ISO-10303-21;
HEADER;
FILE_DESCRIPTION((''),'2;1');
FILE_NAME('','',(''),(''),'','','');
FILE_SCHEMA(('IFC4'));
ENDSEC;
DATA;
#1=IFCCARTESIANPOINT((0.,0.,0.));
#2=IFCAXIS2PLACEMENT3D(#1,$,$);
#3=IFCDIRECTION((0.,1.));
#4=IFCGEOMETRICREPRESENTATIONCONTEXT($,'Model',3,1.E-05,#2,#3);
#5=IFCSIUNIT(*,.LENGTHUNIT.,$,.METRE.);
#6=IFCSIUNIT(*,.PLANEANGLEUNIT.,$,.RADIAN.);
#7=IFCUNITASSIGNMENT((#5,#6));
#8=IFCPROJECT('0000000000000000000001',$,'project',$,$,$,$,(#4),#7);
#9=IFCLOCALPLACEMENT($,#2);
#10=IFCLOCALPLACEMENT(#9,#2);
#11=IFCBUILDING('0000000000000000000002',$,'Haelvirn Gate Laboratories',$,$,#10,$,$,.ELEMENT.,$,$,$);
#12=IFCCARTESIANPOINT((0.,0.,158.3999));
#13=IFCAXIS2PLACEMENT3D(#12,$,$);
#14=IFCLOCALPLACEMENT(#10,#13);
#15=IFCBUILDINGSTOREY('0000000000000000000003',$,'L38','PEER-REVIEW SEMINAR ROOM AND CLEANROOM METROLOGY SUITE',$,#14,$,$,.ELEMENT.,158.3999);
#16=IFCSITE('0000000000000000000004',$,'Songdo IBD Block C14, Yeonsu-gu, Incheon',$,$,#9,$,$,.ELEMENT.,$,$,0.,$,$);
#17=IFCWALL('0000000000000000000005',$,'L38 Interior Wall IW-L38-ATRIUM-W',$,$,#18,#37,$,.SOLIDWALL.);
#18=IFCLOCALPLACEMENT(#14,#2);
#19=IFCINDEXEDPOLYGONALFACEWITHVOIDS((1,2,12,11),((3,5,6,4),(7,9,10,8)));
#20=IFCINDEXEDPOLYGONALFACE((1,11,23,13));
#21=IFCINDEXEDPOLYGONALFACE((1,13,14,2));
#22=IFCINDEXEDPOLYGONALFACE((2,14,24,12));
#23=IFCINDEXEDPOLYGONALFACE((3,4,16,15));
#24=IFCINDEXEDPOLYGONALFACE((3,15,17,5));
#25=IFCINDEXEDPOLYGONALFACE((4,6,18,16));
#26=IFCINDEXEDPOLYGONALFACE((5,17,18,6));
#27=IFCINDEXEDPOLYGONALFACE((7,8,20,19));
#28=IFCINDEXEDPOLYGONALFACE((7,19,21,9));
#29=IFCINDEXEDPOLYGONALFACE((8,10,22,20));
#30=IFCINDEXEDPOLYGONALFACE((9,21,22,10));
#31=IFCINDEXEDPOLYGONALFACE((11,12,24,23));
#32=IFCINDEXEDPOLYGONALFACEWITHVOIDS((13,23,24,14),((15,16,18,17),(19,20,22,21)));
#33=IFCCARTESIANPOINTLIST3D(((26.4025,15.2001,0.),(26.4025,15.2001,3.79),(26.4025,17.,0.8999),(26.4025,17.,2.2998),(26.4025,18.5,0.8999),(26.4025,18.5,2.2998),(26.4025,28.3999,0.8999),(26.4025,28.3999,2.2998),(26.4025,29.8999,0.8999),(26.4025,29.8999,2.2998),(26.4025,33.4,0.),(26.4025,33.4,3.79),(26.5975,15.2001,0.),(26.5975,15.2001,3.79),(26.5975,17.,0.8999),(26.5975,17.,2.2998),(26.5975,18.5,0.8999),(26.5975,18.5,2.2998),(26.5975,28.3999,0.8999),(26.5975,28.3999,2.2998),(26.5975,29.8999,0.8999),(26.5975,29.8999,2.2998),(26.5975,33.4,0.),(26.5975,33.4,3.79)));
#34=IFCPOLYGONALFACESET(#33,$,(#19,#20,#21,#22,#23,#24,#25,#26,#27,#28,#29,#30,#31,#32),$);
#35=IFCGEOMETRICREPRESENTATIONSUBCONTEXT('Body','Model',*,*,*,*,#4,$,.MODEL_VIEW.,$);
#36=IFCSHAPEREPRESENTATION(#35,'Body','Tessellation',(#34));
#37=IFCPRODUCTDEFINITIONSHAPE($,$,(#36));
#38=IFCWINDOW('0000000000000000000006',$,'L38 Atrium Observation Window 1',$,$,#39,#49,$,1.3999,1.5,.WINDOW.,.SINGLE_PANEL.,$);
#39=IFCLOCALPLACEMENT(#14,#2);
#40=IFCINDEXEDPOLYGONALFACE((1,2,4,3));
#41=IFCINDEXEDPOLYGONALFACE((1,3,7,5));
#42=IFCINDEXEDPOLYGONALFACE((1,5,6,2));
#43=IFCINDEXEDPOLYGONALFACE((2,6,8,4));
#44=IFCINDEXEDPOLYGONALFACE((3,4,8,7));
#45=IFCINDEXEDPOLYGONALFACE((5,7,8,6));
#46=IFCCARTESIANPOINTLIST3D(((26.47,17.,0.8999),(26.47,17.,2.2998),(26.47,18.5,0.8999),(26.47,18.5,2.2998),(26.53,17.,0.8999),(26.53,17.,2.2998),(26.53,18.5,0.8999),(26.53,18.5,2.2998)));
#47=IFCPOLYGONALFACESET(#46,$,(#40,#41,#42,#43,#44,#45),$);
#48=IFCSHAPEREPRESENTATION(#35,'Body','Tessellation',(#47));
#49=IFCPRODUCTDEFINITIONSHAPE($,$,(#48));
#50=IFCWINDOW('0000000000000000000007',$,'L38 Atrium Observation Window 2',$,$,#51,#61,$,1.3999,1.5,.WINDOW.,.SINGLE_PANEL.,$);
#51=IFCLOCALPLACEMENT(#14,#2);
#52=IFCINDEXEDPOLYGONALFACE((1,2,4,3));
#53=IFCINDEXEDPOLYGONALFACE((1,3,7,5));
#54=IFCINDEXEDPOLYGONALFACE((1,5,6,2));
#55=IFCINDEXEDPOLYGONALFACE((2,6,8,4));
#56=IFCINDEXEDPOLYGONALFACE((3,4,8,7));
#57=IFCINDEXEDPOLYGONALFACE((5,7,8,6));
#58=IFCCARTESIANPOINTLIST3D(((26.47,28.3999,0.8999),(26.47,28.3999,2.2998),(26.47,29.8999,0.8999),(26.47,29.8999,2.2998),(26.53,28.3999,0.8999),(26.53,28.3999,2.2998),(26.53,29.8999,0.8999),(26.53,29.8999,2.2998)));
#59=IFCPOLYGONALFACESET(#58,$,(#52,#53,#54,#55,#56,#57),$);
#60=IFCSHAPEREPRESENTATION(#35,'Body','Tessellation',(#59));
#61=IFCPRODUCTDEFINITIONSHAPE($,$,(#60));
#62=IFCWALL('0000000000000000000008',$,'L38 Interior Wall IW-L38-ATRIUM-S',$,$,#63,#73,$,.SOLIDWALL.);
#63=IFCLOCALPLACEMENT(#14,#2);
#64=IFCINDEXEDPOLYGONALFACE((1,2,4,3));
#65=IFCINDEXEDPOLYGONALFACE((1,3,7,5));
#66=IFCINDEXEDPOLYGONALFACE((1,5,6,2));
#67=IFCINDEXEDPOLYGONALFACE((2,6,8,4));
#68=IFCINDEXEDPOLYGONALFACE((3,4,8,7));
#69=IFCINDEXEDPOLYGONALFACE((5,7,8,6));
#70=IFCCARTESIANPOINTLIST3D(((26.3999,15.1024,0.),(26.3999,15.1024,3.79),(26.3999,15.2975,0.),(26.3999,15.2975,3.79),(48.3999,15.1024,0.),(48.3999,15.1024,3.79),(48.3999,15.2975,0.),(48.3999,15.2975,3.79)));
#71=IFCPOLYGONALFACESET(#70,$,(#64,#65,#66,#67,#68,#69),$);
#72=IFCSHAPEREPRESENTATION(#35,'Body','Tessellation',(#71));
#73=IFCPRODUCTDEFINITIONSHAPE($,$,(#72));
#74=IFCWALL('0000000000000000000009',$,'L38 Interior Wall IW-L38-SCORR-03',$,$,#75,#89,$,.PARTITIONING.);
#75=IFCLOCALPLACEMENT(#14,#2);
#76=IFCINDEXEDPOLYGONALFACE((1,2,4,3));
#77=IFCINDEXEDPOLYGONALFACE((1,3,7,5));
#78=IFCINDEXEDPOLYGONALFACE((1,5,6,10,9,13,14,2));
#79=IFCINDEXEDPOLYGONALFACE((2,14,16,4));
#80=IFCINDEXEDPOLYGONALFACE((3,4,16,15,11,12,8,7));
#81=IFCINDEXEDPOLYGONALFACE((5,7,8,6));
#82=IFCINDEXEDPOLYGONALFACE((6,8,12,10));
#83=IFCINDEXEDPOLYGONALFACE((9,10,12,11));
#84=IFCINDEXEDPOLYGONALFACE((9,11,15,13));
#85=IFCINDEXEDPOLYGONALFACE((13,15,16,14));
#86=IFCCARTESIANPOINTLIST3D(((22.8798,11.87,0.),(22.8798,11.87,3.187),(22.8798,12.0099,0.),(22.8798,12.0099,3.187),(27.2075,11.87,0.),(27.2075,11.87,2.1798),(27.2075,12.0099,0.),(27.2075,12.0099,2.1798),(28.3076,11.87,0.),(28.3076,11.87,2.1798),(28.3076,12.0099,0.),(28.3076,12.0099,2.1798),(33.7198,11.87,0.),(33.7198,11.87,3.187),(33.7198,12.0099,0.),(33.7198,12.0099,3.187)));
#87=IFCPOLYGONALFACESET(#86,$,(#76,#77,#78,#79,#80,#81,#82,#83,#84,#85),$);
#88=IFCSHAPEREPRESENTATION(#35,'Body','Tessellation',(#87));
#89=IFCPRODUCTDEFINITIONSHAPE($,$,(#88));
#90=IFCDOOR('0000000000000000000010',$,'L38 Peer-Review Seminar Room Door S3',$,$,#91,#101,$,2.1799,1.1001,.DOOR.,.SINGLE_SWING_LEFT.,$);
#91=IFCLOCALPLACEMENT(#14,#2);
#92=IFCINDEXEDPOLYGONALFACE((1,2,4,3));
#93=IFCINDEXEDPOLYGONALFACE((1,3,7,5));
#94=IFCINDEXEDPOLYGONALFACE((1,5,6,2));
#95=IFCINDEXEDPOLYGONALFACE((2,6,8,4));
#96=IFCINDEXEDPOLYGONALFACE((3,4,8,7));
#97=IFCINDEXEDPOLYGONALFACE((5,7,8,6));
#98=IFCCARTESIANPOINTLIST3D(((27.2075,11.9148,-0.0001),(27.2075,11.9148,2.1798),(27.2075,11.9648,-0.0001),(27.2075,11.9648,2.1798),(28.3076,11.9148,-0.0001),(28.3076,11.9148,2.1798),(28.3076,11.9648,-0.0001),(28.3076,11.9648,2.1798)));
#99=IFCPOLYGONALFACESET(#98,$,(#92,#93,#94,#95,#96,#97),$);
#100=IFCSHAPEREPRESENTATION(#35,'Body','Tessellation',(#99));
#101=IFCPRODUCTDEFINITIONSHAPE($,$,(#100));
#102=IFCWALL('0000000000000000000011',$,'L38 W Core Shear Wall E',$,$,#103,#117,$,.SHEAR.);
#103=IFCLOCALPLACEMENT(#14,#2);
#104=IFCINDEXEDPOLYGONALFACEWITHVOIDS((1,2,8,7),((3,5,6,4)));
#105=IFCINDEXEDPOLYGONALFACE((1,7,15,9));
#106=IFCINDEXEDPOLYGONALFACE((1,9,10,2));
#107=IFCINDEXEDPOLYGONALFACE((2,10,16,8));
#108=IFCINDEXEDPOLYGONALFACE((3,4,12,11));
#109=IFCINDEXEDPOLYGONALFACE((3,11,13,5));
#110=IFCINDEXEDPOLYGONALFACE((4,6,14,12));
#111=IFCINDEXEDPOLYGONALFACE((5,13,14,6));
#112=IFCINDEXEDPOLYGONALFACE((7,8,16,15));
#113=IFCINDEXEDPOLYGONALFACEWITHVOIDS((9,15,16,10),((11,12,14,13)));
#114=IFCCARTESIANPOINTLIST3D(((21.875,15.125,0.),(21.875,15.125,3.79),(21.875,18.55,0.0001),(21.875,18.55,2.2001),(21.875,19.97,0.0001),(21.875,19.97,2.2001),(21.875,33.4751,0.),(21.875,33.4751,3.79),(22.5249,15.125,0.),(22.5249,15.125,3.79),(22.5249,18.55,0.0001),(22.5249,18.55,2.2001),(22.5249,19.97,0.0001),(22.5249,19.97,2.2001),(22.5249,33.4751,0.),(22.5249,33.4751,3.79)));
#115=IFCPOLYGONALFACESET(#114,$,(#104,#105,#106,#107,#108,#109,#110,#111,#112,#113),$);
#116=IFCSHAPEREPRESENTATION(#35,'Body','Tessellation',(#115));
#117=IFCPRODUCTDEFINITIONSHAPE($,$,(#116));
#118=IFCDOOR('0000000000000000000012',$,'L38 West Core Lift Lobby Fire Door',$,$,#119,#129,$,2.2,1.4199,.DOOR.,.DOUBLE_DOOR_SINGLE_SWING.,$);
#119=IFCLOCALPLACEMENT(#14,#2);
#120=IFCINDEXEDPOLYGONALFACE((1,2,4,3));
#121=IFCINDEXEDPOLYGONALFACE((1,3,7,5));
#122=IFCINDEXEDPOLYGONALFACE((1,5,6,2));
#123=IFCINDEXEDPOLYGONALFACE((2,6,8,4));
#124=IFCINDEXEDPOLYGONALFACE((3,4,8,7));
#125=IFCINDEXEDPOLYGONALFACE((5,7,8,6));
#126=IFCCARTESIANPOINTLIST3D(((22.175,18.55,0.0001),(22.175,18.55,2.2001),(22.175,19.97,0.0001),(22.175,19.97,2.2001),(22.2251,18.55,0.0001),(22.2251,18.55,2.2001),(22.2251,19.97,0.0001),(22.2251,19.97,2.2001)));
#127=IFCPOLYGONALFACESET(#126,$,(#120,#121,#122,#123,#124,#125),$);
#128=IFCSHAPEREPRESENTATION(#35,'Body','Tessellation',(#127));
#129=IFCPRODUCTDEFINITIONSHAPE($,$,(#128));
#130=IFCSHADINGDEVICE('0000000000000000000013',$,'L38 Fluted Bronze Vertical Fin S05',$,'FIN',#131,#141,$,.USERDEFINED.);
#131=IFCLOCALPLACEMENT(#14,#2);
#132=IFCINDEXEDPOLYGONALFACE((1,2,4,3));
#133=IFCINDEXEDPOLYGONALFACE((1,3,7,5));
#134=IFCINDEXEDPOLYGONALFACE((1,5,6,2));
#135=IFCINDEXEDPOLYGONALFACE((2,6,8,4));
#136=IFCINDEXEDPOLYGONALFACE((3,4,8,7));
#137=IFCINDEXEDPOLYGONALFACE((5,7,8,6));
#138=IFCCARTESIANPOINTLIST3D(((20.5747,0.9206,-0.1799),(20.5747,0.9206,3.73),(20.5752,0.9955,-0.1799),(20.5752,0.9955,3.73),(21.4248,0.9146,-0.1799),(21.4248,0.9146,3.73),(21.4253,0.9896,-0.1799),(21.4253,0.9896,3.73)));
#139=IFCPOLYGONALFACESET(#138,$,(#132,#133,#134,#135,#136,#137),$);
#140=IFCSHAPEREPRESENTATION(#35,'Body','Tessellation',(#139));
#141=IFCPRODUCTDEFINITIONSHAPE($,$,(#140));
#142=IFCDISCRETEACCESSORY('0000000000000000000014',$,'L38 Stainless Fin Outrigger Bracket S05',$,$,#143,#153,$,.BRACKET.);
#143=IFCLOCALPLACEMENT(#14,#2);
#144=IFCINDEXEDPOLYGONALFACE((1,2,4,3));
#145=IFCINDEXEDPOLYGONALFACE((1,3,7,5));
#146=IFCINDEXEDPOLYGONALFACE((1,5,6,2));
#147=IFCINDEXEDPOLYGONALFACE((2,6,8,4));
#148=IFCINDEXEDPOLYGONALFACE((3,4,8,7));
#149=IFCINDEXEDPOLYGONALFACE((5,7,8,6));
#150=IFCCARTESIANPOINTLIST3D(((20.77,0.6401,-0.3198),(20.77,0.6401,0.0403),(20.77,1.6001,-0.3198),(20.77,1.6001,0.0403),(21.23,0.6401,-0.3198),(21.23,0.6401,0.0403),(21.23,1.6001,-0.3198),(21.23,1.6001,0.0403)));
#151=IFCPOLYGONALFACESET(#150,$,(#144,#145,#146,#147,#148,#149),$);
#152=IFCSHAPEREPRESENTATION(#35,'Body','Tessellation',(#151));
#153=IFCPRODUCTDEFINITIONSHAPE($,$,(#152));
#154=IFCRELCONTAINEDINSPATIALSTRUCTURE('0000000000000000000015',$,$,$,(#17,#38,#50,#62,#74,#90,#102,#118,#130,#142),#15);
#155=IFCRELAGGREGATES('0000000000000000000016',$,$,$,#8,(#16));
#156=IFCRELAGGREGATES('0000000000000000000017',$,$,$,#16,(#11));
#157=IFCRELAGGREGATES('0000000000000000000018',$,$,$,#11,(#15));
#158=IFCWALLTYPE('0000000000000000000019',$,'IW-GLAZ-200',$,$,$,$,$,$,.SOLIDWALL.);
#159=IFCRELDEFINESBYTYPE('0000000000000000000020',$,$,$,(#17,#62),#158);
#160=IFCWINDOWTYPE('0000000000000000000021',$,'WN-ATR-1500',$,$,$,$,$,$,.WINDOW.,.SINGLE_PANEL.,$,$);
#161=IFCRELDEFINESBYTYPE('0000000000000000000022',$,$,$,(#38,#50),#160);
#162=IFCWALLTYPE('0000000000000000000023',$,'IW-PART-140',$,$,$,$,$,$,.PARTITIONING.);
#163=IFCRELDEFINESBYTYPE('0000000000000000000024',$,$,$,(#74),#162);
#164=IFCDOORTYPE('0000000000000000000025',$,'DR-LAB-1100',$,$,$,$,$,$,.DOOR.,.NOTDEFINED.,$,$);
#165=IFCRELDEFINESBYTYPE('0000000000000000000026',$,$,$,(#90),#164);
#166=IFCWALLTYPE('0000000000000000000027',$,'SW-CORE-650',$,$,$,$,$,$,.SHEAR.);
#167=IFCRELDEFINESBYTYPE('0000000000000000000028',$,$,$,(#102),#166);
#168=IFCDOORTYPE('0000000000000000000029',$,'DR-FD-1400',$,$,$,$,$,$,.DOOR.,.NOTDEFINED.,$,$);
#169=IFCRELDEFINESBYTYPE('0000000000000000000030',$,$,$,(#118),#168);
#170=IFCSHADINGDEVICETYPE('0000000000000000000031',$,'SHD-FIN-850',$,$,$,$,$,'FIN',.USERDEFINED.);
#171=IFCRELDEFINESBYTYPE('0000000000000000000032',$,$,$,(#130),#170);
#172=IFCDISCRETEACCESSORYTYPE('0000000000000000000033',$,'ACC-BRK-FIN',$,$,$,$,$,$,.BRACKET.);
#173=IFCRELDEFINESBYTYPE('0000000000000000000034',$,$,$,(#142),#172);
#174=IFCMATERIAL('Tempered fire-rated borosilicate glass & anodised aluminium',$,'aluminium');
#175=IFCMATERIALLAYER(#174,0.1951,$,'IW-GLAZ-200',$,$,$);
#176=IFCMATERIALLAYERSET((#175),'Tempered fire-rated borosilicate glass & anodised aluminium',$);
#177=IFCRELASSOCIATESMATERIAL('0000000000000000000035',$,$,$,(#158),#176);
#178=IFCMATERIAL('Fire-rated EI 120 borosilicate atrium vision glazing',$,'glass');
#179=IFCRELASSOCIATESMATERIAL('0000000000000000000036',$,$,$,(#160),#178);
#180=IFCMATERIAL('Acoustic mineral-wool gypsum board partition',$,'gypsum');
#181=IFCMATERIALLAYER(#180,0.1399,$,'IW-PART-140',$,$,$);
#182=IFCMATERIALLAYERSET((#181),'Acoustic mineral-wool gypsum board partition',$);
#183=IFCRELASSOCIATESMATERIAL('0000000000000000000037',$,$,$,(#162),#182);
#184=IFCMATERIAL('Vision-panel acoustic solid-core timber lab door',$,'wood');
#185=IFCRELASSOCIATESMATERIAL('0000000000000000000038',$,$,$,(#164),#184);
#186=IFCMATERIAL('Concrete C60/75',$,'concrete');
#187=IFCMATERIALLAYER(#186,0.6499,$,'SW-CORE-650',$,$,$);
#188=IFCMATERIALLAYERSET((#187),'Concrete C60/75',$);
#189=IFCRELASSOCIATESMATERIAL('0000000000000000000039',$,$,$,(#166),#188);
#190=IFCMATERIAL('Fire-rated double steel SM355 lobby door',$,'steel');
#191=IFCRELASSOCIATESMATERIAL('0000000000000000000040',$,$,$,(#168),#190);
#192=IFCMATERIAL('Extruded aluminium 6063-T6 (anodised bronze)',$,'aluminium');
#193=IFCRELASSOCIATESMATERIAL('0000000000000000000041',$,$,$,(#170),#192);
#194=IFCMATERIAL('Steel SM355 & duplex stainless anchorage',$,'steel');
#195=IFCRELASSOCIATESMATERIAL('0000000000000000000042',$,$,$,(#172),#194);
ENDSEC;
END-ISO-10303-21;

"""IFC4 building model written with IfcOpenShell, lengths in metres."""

from ifc_helpers import new_model, si_unit, direction, frame, frame_2d, origin, origin_2d, place, context, subcontext, project, spatial, rectangle, extrude, source, transform, mapped, material, layer, layer_set, material_profile, profile_set, type_object, type_shapes, element, fill, save


model = new_model("IFC4")

# Units and contexts
model_context = context("Model", 3, precision=1e-05, world=origin(), true_north=direction((0.0, 1.0)))
body_context = subcontext(model_context, "Body", "Model", "MODEL_VIEW")
ifc_project = project(units=[si_unit("LENGTHUNIT", "METRE"), si_unit("PLANEANGLEUNIT", "RADIAN")], contexts=[model_context])

# Site, building, storey
site_placement = place(None, origin())
site = spatial("IfcSite", under=ifc_project, at=site_placement, Name="Songdo IBD Block C14, Yeonsu-gu, Incheon", CompositionType="ELEMENT", RefElevation=0.0)
building_placement = place(site_placement, origin())
building = spatial("IfcBuilding", under=site, at=building_placement, Name="Haelvirn Gate Laboratories", CompositionType="ELEMENT")
storey_placement = place(building_placement, frame((0.0, 0.0, 158.3999)))
storey = spatial("IfcBuildingStorey", under=building, at=storey_placement, Name="L38", Description="PEER-REVIEW SEMINAR ROOM AND CLEANROOM METROLOGY SUITE", CompositionType="ELEMENT", Elevation=158.3999)

# Shared definitions
ifc_material_1 = material(Name="Concrete C60/75", Category="concrete")

# Shared definitions
ifc_material_2 = material(Name="Extruded aluminium 6063-T6 (anodised bronze)", Category="aluminium")

# Wall, openings, windows
ifc_material_3 = material(Name="Tempered fire-rated borosilicate glass & anodised aluminium", Category="aluminium")
ifc_layer_1 = layer(ifc_material_3, 0.1951, Name="IW-GLAZ-200")
ifc_layer_set_1 = layer_set([ifc_layer_1], Name="Tempered fire-rated borosilicate glass & anodised aluminium")
wall_type_1 = type_object("IfcWallType", Name="IW-GLAZ-200", PredefinedType="SOLIDWALL", material=ifc_layer_set_1)
wall_1_placement = place(storey_placement, frame((26.5, 15.2, 0.0), z_axis=(0.0, 0.0, 1.0), x_axis=(0.0, 1.0, 0.0)))
wall_1 = element("IfcWall", 1, at=wall_1_placement, inside=storey, type_object=wall_type_1, Name="L38 Interior Wall IW-L38-ATRIUM-W", PredefinedType="SOLIDWALL", context=body_context, shape_type="SweptSolid", body=[
    extrude(rectangle(XDim=18.2, YDim=0.1951, at=frame_2d((9.1001, 0.0))), origin(), (0.0, 0.0, 1.0), 3.79),
])
opening_1_placement = place(wall_1_placement, frame((1.8, 0.0, 0.8999)))
opening_1 = element("IfcOpeningElement", 2, at=opening_1_placement, cuts=wall_1, PredefinedType="OPENING", context=body_context, shape_type="SweptSolid", body=[
    extrude(rectangle(XDim=1.5, YDim=1.3999, at=frame_2d((0.75, 0.7))), frame((0.0, 0.1074, 0.0), z_axis=(0.0, -1.0, 0.0), x_axis=(1.0, 0.0, 0.0)), (0.0, 0.0, 1.0), 0.2151),
])
opening_2_placement = place(wall_1_placement, frame((13.2, 0.0, 0.8999)))
opening_2 = element("IfcOpeningElement", 3, at=opening_2_placement, cuts=wall_1, PredefinedType="OPENING", context=body_context, shape_type="SweptSolid", body=[
    extrude(rectangle(XDim=1.5, YDim=1.3999, at=frame_2d((0.75, 0.7))), frame((0.0, 0.1074, 0.0), z_axis=(0.0, -1.0, 0.0), x_axis=(1.0, 0.0, 0.0)), (0.0, 0.0, 1.0), 0.2151),
])
ifc_material_4 = material(Name="Fire-rated EI 120 borosilicate atrium vision glazing", Category="glass")
window_type = type_object("IfcWindowType", Name="WN-ATR-1500", PartitioningType="SINGLE_PANEL", PredefinedType="WINDOW", material=ifc_material_4)
shared_shape_1 = source(origin(), body_context, "Body", "SweptSolid", [
    extrude(rectangle(XDim=1.5, YDim=1.3999, at=frame_2d((0.75, 0.7))), frame((0.0, 0.03, 0.0), z_axis=(0.0, -1.0, 0.0), x_axis=(1.0, 0.0, 0.0)), (0.0, 0.0, 1.0), 0.0601),
])
type_shapes(window_type, [shared_shape_1])
window_1_placement = place(opening_1_placement, origin())
window_1 = element("IfcWindow", 4, at=window_1_placement, inside=storey, type_object=window_type, Name="L38 Atrium Observation Window 1", OverallHeight=1.3999, OverallWidth=1.5, PartitioningType="SINGLE_PANEL", PredefinedType="WINDOW", context=body_context, shape_type="MappedRepresentation", body=[
    mapped(shared_shape_1, transform((0.0, 0.0, 0.0), scale=1.0)),
])
fill(opening_1, window_1)
window_2_placement = place(opening_2_placement, origin())
window_2 = element("IfcWindow", 5, at=window_2_placement, inside=storey, type_object=window_type, Name="L38 Atrium Observation Window 2", OverallHeight=1.3999, OverallWidth=1.5, PartitioningType="SINGLE_PANEL", PredefinedType="WINDOW", context=body_context, shape_type="MappedRepresentation", body=[
    mapped(shared_shape_1, transform((0.0, 0.0, 0.0), scale=1.0)),
])
fill(opening_2, window_2)

# Wall
wall_2_placement = place(storey_placement, frame((26.3999, 15.2, 0.0), z_axis=(0.0, 0.0, 1.0), x_axis=(1.0, 0.0, 0.0)))
element("IfcWall", 6, at=wall_2_placement, inside=storey, type_object=wall_type_1, Name="L38 Interior Wall IW-L38-ATRIUM-S", PredefinedType="SOLIDWALL", context=body_context, shape_type="SweptSolid", body=[
    extrude(rectangle(XDim=22.0, YDim=0.1951, at=frame_2d((11.0, 0.0))), origin(), (0.0, 0.0, 1.0), 3.79),
])

# Walls, openings, doors
ifc_material_5 = material(Name="Acoustic mineral-wool gypsum board partition", Category="gypsum")
ifc_layer_2 = layer(ifc_material_5, 0.1399, Name="IW-PART-140")
ifc_layer_set_2 = layer_set([ifc_layer_2], Name="Acoustic mineral-wool gypsum board partition")
wall_type_2 = type_object("IfcWallType", Name="IW-PART-140", PredefinedType="PARTITIONING", material=ifc_layer_set_2)
wall_3_placement = place(storey_placement, frame((22.8799, 11.9399, 0.0), z_axis=(0.0, 0.0, 1.0), x_axis=(1.0, 0.0, 0.0)))
wall_3 = element("IfcWall", 7, at=wall_3_placement, inside=storey, type_object=wall_type_2, Name="L38 Interior Wall IW-L38-SCORR-03", PredefinedType="PARTITIONING", context=body_context, shape_type="SweptSolid", body=[
    extrude(rectangle(XDim=10.8401, YDim=0.1399, at=frame_2d((5.4199, 0.0))), origin(), (0.0, 0.0, 1.0), 3.187),
])
opening_3_placement = place(wall_3_placement, frame((4.3276, 0.0, 0.0)))
opening_3 = element("IfcOpeningElement", 8, at=opening_3_placement, cuts=wall_3, PredefinedType="OPENING", context=body_context, shape_type="SweptSolid", body=[
    extrude(rectangle(XDim=1.1001, YDim=2.1799, at=frame_2d((0.55, 1.0898))), frame((0.0, 0.0801, 0.0), z_axis=(0.0, -1.0, 0.0), x_axis=(1.0, 0.0, 0.0)), (0.0, 0.0, 1.0), 0.1599),
])
ifc_material_6 = material(Name="Vision-panel acoustic solid-core timber lab door", Category="wood")
door_type_1 = type_object("IfcDoorType", Name="DR-LAB-1100", OperationType="NOTDEFINED", PredefinedType="DOOR", material=ifc_material_6)
shared_shape_2 = source(origin(), body_context, "Body", "SweptSolid", [
    extrude(rectangle(XDim=1.1001, YDim=2.1799, at=frame_2d((0.55, 1.0898))), frame((0.0, 0.0249, 0.0), z_axis=(0.0, -1.0, 0.0), x_axis=(1.0, 0.0, 0.0)), (0.0, 0.0, 1.0), 0.05),
])
type_shapes(door_type_1, [shared_shape_2])
door_1_placement = place(opening_3_placement, origin())
door_1 = element("IfcDoor", 9, at=door_1_placement, inside=storey, type_object=door_type_1, Name="L38 Peer-Review Seminar Room Door S3", OperationType="SINGLE_SWING_LEFT", OverallHeight=2.1799, OverallWidth=1.1001, PredefinedType="DOOR", context=body_context, shape_type="MappedRepresentation", body=[
    mapped(shared_shape_2, transform((0.0, 0.0, 0.0), scale=1.0)),
])
fill(opening_3, door_1)
ifc_layer_3 = layer(ifc_material_1, 0.6499, Name="SW-CORE-650")
ifc_layer_set_3 = layer_set([ifc_layer_3], Name="Concrete C60/75")
wall_type_3 = type_object("IfcWallType", Name="SW-CORE-650", PredefinedType="SHEAR", material=ifc_layer_set_3)
wall_4_placement = place(storey_placement, frame((22.2, 15.125, 0.0), z_axis=(0.0, 0.0, 1.0), x_axis=(0.0, 1.0, 0.0)))
wall_4 = element("IfcWall", 10, at=wall_4_placement, inside=storey, type_object=wall_type_3, Name="L38 W Core Shear Wall E", PredefinedType="SHEAR", context=body_context, shape_type="SweptSolid", body=[
    extrude(rectangle(XDim=18.3501, YDim=0.6499, at=frame_2d((9.175, 0.0))), origin(), (0.0, 0.0, 1.0), 3.79),
])
opening_4_placement = place(wall_4_placement, frame((3.425, 0.0, 0.0)))
opening_4 = element("IfcOpeningElement", 11, at=opening_4_placement, cuts=wall_4, PredefinedType="OPENING", context=body_context, shape_type="SweptSolid", body=[
    extrude(rectangle(XDim=1.4199, YDim=2.2, at=frame_2d((0.71, 1.1001))), frame((0.0, 0.335, 0.0), z_axis=(0.0, -1.0, 0.0), x_axis=(1.0, 0.0, 0.0)), (0.0, 0.0, 1.0), 0.6699),
])
ifc_material_7 = material(Name="Fire-rated double steel SM355 lobby door", Category="steel")
door_type_2 = type_object("IfcDoorType", Name="DR-FD-1400", OperationType="NOTDEFINED", PredefinedType="DOOR", material=ifc_material_7)
shared_shape_3 = source(origin(), body_context, "Body", "SweptSolid", [
    extrude(rectangle(XDim=1.4199, YDim=2.2, at=frame_2d((0.71, 1.1001))), frame((0.0, 0.0249, 0.0), z_axis=(0.0, -1.0, 0.0), x_axis=(1.0, 0.0, 0.0)), (0.0, 0.0, 1.0), 0.05),
])
type_shapes(door_type_2, [shared_shape_3])
door_2_placement = place(opening_4_placement, origin())
door_2 = element("IfcDoor", 12, at=door_2_placement, inside=storey, type_object=door_type_2, Name="L38 West Core Lift Lobby Fire Door", OperationType="DOUBLE_DOOR_SINGLE_SWING", OverallHeight=2.2, OverallWidth=1.4199, PredefinedType="DOOR", context=body_context, shape_type="MappedRepresentation", body=[
    mapped(shared_shape_3, transform((0.0, 0.0, 0.0), scale=1.0)),
])
fill(opening_4, door_2)

# Shading device
ifc_material_profile_1 = material_profile(ifc_material_2, rectangle(XDim=0.075, YDim=0.8501, at=origin_2d()), Name="FIN-850x75")
ifc_profile_set_1 = profile_set([ifc_material_profile_1], Name="Extruded aluminium 6063-T6 (anodised bronze)")
shading_device_type = type_object("IfcShadingDeviceType", Name="SHD-FIN-850", ElementType="FIN", PredefinedType="USERDEFINED", material=ifc_profile_set_1)
shared_shape_4 = source(origin(), body_context, "Body", "SweptSolid", [
    extrude(rectangle(XDim=0.075, YDim=0.8501, at=origin_2d()), origin(), (0.0, 0.0, 1.0), 3.9099),
])
type_shapes(shading_device_type, [shared_shape_4])
shading_device_placement = place(storey_placement, frame((21.0, 0.9551, -0.1799), z_axis=(0.0, 0.0, 1.0), x_axis=(0.006981, 0.999976, 0.0)))
element("IfcShadingDevice", 13, at=shading_device_placement, inside=storey, type_object=shading_device_type, Name="L38 Fluted Bronze Vertical Fin S05", ObjectType="FIN", PredefinedType="USERDEFINED", context=body_context, shape_type="MappedRepresentation", body=[
    mapped(shared_shape_4, transform((0.0, 0.0, 0.0), scale=1.0)),
])

# Discrete accessory
ifc_material_8 = material(Name="Steel SM355 & duplex stainless anchorage", Category="steel")
discrete_accessory_type = type_object("IfcDiscreteAccessoryType", Name="ACC-BRK-FIN", PredefinedType="BRACKET", material=ifc_material_8)
shared_shape_5 = source(origin(), body_context, "Body", "SweptSolid", [
    extrude(rectangle(XDim=0.46, YDim=0.96, at=origin_2d()), origin(), (0.0, 0.0, 1.0), 0.3601),
])
type_shapes(discrete_accessory_type, [shared_shape_5])
discrete_accessory_placement = place(storey_placement, frame((21.0, 1.1201, -0.3198), z_axis=(0.0, 0.0, 1.0), x_axis=(1.0, 0.0, 0.0)))
element("IfcDiscreteAccessory", 14, at=discrete_accessory_placement, inside=storey, type_object=discrete_accessory_type, Name="L38 Stainless Fin Outrigger Bracket S05", PredefinedType="BRACKET", context=body_context, shape_type="MappedRepresentation", body=[
    mapped(shared_shape_5, transform((0.0, 0.0, 0.0), scale=1.0)),
])

save(model, "model.ifc")
